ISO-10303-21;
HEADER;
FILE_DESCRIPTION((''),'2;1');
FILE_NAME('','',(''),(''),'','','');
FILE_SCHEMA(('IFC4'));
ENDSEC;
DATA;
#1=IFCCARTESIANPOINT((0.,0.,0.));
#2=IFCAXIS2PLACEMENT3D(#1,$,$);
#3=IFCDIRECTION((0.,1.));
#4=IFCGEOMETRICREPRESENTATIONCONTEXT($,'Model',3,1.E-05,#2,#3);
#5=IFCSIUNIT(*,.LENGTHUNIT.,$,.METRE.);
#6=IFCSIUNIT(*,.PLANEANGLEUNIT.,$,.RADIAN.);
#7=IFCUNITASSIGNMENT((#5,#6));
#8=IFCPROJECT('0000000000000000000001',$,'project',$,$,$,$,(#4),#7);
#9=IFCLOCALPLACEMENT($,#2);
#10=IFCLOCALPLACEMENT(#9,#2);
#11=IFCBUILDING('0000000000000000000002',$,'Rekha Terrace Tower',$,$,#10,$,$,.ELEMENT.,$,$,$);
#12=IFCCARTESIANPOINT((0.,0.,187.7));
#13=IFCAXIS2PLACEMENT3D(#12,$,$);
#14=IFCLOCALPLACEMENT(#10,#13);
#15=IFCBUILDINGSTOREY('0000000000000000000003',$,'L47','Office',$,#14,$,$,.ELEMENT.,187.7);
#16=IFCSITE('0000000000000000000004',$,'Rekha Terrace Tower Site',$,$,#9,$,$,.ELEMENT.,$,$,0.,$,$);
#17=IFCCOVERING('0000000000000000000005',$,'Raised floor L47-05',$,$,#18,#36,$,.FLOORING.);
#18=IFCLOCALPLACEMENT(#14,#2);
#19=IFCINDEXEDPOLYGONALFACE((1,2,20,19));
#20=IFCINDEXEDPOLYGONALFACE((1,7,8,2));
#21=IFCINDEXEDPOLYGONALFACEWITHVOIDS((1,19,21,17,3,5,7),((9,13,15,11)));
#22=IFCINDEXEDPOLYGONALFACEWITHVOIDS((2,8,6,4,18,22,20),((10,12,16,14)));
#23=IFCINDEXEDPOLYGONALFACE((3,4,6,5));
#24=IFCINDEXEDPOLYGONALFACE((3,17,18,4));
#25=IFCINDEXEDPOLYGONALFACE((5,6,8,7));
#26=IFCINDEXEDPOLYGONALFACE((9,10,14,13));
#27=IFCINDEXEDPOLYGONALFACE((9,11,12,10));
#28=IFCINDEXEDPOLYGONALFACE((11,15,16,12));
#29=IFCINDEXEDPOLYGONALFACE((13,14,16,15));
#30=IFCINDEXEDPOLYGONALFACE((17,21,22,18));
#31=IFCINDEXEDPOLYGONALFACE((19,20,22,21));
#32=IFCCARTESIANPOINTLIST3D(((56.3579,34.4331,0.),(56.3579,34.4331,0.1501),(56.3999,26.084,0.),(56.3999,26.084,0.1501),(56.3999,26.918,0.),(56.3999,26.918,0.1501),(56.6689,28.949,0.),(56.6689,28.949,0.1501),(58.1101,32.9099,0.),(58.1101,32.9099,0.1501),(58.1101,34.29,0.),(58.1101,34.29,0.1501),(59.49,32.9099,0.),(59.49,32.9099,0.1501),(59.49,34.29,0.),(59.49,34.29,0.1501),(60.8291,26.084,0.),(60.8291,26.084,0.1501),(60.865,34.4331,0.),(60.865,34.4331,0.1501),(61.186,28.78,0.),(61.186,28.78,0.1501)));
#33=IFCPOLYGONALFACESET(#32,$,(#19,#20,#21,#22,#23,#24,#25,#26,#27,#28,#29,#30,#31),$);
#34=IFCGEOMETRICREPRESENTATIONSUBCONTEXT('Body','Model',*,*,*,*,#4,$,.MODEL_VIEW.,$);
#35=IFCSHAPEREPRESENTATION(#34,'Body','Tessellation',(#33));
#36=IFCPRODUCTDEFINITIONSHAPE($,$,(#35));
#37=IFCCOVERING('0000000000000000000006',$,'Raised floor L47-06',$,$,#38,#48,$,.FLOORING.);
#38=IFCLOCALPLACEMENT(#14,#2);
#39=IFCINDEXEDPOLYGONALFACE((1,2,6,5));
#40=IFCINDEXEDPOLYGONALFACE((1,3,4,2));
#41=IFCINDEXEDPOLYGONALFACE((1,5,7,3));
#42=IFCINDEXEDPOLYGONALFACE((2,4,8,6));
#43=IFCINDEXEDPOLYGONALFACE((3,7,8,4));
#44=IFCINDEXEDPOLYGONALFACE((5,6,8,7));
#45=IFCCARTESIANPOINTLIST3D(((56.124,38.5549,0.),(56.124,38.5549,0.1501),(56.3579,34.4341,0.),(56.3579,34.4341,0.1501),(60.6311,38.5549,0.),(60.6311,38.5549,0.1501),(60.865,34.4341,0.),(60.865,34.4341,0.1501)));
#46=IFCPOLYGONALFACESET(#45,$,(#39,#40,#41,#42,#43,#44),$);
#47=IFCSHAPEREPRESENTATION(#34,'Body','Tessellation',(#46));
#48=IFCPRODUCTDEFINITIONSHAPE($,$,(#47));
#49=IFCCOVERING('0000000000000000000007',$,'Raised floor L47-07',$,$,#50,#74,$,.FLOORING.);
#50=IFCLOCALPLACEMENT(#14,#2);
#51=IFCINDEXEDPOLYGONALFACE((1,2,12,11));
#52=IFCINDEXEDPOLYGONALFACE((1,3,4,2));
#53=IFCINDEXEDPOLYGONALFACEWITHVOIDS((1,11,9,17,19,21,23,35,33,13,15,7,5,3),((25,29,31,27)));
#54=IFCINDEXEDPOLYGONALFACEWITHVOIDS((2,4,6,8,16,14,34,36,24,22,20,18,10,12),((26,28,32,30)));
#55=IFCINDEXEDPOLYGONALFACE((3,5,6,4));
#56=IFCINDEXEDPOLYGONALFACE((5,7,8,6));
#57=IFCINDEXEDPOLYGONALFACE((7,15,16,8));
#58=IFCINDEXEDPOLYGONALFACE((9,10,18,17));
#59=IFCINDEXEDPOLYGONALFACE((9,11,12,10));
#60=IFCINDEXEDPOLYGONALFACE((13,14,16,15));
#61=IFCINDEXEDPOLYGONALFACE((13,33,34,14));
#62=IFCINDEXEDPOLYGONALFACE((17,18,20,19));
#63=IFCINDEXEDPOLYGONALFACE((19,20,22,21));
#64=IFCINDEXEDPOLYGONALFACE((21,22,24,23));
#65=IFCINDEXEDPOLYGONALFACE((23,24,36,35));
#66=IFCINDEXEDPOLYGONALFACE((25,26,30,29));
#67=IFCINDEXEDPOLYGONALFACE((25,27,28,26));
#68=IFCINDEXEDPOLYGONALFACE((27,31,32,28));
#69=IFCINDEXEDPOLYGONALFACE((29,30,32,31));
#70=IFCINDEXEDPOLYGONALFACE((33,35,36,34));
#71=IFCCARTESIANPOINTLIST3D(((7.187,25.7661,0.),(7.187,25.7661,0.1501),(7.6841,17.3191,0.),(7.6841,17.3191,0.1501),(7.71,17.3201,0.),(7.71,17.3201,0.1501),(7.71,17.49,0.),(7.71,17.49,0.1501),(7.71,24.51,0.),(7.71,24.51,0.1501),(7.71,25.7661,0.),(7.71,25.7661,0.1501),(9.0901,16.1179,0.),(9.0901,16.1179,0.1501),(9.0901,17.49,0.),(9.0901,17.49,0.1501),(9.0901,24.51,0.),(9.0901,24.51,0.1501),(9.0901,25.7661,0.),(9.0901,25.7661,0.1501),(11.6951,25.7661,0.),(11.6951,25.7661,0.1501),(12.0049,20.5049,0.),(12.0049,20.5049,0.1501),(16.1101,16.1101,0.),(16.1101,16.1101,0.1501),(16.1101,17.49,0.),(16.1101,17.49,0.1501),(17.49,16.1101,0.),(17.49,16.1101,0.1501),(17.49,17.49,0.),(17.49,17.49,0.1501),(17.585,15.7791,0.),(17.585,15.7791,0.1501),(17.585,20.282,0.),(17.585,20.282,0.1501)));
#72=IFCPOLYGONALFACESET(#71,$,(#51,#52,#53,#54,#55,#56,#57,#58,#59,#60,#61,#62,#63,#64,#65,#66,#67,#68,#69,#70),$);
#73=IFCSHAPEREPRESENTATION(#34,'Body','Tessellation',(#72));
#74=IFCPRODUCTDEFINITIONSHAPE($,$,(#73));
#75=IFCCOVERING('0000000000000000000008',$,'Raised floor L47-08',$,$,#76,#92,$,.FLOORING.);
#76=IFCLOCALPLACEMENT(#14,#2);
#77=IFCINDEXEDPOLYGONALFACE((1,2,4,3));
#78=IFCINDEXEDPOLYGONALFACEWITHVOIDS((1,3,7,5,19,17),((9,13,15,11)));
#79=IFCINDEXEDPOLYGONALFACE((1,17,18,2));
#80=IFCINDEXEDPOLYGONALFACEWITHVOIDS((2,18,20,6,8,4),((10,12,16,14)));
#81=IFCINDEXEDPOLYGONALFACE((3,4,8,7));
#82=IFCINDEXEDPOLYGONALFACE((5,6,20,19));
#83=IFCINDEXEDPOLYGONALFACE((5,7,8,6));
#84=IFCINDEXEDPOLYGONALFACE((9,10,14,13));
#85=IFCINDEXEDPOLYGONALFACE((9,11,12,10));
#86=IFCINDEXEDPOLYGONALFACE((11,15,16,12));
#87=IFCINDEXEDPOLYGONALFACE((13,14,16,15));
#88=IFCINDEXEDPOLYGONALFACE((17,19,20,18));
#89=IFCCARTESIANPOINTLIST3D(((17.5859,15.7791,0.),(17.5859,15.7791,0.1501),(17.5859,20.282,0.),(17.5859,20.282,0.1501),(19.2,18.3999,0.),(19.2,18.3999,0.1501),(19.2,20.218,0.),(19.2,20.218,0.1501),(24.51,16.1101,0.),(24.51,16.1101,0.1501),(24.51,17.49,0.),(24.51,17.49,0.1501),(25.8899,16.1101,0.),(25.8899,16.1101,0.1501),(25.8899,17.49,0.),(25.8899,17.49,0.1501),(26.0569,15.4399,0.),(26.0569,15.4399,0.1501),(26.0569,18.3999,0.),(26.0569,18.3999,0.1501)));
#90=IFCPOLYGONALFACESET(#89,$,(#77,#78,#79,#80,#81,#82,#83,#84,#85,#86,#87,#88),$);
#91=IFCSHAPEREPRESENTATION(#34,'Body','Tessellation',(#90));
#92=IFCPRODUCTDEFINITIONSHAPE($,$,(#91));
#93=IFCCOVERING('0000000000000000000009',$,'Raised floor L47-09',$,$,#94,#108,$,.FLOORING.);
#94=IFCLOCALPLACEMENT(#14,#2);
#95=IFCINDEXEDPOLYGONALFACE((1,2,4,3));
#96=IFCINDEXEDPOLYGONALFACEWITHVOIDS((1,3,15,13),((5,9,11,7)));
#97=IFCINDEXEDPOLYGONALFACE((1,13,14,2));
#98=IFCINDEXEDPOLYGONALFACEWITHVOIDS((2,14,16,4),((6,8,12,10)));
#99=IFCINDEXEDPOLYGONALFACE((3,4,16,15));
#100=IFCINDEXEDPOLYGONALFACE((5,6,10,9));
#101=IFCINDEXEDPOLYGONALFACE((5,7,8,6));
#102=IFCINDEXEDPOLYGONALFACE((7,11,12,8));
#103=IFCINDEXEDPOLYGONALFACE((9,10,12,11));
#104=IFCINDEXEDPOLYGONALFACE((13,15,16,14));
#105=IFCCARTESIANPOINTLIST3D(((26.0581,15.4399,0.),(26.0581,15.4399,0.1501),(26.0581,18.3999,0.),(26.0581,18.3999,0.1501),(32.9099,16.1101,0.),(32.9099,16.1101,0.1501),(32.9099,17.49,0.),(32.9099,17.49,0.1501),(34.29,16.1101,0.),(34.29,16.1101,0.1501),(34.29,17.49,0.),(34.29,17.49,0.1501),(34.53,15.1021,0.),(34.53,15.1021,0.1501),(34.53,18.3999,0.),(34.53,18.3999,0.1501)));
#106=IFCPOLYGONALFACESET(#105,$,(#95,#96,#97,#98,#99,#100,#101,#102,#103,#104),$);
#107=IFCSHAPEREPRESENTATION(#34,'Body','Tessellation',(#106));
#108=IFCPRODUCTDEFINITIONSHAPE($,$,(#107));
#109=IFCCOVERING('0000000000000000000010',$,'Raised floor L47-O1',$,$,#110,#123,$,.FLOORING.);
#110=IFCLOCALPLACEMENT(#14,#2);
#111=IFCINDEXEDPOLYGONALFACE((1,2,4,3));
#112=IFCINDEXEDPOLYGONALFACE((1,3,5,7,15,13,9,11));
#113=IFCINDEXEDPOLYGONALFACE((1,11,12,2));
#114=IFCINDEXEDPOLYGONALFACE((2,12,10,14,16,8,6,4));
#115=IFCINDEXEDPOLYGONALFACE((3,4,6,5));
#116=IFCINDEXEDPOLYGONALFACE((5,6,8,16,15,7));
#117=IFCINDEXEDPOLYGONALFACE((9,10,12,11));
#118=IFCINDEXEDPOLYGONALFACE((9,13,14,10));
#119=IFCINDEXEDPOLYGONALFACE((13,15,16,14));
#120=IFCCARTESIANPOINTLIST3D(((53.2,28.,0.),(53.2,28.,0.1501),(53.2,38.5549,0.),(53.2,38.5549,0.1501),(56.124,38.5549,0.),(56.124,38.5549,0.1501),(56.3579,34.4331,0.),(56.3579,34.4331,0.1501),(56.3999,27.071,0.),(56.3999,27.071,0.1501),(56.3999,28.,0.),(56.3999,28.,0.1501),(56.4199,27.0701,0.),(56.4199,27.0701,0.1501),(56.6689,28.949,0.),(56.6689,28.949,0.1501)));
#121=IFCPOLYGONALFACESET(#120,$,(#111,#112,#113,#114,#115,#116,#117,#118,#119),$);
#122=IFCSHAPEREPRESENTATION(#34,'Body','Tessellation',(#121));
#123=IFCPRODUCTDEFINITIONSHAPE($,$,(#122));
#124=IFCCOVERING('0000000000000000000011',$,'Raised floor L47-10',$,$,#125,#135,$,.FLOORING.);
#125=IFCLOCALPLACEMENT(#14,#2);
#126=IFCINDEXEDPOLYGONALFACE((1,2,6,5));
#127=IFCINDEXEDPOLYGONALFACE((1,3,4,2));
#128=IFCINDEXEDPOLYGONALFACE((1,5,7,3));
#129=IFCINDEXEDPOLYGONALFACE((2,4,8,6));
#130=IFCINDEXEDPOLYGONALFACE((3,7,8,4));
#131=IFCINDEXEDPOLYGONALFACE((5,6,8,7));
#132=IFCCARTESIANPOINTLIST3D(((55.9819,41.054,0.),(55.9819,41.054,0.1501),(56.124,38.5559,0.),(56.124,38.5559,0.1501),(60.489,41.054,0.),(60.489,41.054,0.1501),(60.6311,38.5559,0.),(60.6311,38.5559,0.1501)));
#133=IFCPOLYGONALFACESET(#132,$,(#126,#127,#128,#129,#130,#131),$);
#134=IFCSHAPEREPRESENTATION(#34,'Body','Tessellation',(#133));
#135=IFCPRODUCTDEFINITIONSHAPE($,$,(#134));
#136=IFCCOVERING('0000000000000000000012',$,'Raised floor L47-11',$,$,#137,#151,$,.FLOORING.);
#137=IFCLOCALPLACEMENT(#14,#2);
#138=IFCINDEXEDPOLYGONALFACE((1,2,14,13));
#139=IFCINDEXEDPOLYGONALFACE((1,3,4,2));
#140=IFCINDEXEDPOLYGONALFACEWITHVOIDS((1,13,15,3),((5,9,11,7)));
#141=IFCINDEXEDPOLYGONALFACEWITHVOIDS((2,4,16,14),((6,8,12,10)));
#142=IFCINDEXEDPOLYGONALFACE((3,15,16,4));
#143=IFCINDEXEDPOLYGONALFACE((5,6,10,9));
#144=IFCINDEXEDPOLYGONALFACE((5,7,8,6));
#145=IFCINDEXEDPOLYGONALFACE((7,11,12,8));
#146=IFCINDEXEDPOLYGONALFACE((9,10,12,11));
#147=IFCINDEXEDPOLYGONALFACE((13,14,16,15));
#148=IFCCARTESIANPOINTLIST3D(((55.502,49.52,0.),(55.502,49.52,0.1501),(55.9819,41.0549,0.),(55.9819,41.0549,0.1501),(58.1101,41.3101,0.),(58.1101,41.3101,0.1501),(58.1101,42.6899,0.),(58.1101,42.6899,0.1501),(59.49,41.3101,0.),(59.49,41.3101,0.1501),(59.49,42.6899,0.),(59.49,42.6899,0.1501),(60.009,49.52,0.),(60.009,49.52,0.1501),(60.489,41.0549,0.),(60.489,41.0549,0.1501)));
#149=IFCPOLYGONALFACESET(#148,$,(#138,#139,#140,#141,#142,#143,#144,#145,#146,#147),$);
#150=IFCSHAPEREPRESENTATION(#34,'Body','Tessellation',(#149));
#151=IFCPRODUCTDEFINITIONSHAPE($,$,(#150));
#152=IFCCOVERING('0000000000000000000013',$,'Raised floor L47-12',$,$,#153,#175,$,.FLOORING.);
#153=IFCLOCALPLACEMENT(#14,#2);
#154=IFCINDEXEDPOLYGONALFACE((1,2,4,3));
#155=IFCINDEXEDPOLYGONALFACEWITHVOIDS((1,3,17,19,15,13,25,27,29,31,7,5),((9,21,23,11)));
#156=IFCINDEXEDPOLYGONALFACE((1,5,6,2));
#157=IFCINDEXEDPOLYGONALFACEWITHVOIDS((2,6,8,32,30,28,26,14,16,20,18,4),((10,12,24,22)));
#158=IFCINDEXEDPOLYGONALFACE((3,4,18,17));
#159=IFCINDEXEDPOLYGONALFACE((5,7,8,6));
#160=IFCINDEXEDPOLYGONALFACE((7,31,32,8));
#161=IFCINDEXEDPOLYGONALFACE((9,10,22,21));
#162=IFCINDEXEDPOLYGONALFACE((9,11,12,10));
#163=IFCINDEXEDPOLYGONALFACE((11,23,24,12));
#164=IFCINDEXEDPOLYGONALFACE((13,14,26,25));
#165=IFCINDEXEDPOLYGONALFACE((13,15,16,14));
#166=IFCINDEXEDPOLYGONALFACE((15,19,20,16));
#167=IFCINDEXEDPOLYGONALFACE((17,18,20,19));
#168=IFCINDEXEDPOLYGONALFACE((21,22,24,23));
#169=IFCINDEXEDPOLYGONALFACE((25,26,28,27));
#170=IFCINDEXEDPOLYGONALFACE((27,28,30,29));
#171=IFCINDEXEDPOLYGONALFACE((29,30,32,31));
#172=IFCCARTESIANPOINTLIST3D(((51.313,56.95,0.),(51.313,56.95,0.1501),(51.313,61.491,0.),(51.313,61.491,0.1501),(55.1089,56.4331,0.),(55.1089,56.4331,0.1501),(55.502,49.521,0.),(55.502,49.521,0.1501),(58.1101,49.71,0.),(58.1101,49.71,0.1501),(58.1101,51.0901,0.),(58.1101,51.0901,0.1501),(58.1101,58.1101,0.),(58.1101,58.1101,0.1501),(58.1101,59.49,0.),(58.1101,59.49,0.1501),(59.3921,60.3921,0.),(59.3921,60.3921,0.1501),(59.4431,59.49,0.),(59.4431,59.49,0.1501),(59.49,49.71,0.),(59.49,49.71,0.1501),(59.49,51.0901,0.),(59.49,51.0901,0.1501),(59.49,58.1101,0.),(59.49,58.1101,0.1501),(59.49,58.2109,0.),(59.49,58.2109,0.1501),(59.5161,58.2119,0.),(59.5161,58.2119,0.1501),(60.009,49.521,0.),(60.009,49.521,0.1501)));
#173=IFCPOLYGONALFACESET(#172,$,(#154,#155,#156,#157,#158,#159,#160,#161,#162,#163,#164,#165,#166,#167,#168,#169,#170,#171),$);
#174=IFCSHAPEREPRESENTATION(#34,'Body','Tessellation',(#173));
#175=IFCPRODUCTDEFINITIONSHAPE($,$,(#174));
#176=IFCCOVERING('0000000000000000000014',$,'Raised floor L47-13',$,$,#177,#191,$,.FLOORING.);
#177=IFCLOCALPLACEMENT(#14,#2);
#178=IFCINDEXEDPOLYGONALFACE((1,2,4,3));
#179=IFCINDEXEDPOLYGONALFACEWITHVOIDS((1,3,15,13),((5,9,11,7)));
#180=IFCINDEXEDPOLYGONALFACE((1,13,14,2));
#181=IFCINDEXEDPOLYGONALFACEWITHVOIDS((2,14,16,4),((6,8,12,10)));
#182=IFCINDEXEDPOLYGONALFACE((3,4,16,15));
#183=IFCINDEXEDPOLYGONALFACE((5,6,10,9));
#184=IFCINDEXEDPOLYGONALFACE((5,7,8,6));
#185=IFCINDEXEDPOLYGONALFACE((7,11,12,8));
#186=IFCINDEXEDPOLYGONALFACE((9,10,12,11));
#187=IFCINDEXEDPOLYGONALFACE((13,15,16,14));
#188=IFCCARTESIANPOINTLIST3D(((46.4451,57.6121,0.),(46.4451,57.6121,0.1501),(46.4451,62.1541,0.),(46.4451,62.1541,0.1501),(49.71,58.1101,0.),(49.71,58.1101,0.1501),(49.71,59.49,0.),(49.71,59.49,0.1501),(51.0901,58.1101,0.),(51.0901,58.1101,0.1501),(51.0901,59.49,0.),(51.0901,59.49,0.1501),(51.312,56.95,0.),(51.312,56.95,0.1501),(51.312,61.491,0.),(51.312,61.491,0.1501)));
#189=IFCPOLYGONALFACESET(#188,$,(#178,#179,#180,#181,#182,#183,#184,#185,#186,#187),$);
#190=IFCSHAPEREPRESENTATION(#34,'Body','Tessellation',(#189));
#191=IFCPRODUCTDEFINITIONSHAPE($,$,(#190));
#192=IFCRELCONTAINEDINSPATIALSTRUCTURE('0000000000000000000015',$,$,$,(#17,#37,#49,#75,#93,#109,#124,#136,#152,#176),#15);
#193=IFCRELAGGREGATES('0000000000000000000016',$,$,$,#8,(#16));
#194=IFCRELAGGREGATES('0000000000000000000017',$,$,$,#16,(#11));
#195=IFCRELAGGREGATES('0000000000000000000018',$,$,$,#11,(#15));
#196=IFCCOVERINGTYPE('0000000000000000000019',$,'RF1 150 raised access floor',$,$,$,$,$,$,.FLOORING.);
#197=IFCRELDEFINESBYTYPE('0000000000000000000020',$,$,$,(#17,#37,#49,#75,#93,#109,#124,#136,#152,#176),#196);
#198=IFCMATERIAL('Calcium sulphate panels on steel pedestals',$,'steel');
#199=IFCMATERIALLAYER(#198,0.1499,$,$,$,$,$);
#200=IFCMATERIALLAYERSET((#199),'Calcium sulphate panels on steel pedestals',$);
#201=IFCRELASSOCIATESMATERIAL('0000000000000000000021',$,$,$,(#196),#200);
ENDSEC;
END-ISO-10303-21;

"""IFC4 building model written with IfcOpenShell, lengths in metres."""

from ifc_helpers import new_model, si_unit, direction, frame, origin, place, context, subcontext, project, spatial, polyline, outline, extrude, material, layer, layer_set, type_object, element, save


model = new_model("IFC4")

# Units and contexts
model_context = context("Model", 3, precision=1e-05, world=origin(), true_north=direction((0.0, 1.0)))
body_context = subcontext(model_context, "Body", "Model", "MODEL_VIEW")
ifc_project = project(units=[si_unit("LENGTHUNIT", "METRE"), si_unit("PLANEANGLEUNIT", "RADIAN")], contexts=[model_context])

# Site, building, storey
site_placement = place(None, origin())
site = spatial("IfcSite", under=ifc_project, at=site_placement, Name="Rekha Terrace Tower Site", CompositionType="ELEMENT", RefElevation=0.0)
building_placement = place(site_placement, origin())
building = spatial("IfcBuilding", under=site, at=building_placement, Name="Rekha Terrace Tower", CompositionType="ELEMENT")
storey_placement = place(building_placement, frame((0.0, 0.0, 187.7)))
storey = spatial("IfcBuildingStorey", under=building, at=storey_placement, Name="L47", Description="Office", CompositionType="ELEMENT", Elevation=187.7)

# Coverings
ifc_material_1 = material(Name="Calcium sulphate panels on steel pedestals", Category="steel")
ifc_layer_1 = layer(ifc_material_1, 0.1499)
ifc_layer_set_1 = layer_set([ifc_layer_1], Name="Calcium sulphate panels on steel pedestals")
covering_type_1 = type_object("IfcCoveringType", Name="RF1 150 raised access floor", PredefinedType="FLOORING", material=ifc_layer_set_1)
covering_1_placement = place(storey_placement, origin())
element("IfcCovering", 1, at=covering_1_placement, inside=storey, type_object=covering_type_1, Name="Raised floor L47-05", PredefinedType="FLOORING", context=body_context, shape_type="SweptSolid", body=[
    extrude(outline(polyline([(60.865, 34.4331), (56.3579, 34.4331), (56.6689, 28.949), (56.3999, 26.918), (56.3999, 26.084), (60.8291, 26.084), (61.186, 28.78), (60.865, 34.4331)]), holes=[polyline([(59.49, 34.29), (59.49, 32.9099), (58.1101, 32.9099), (58.1101, 34.29), (59.49, 34.29)])]), origin(), (0.0, 0.0, 1.0), 0.1501),
])
covering_2_placement = place(storey_placement, origin())
element("IfcCovering", 2, at=covering_2_placement, inside=storey, type_object=covering_type_1, Name="Raised floor L47-06", PredefinedType="FLOORING", context=body_context, shape_type="SweptSolid", body=[
    extrude(outline(polyline([(56.3579, 34.4341), (60.865, 34.4341), (60.6311, 38.5549), (56.124, 38.5549), (56.3579, 34.4341)])), origin(), (0.0, 0.0, 1.0), 0.1501),
])
covering_3_placement = place(storey_placement, origin())
element("IfcCovering", 3, at=covering_3_placement, inside=storey, type_object=covering_type_1, Name="Raised floor L47-07", PredefinedType="FLOORING", context=body_context, shape_type="SweptSolid", body=[
    extrude(outline(polyline([(7.71, 24.51), (7.71, 25.7661), (7.187, 25.7661), (7.6841, 17.3191), (7.71, 17.3201), (7.71, 17.49), (9.0901, 17.49), (9.0901, 16.1179), (17.585, 15.7791), (17.585, 20.282), (12.0049, 20.5049), (11.6951, 25.7661), (9.0901, 25.7661), (9.0901, 24.51), (7.71, 24.51)]), holes=[polyline([(17.49, 17.49), (17.49, 16.1101), (16.1101, 16.1101), (16.1101, 17.49), (17.49, 17.49)])]), origin(), (0.0, 0.0, 1.0), 0.1501),
])
covering_4_placement = place(storey_placement, origin())
element("IfcCovering", 4, at=covering_4_placement, inside=storey, type_object=covering_type_1, Name="Raised floor L47-08", PredefinedType="FLOORING", context=body_context, shape_type="SweptSolid", body=[
    extrude(outline(polyline([(19.2, 18.3999), (19.2, 20.218), (17.5859, 20.282), (17.5859, 15.7791), (26.0569, 15.4399), (26.0569, 18.3999), (19.2, 18.3999)]), holes=[polyline([(25.8899, 17.49), (25.8899, 16.1101), (24.51, 16.1101), (24.51, 17.49), (25.8899, 17.49)])]), origin(), (0.0, 0.0, 1.0), 0.1501),
])
covering_5_placement = place(storey_placement, origin())
element("IfcCovering", 5, at=covering_5_placement, inside=storey, type_object=covering_type_1, Name="Raised floor L47-09", PredefinedType="FLOORING", context=body_context, shape_type="SweptSolid", body=[
    extrude(outline(polyline([(34.53, 15.1021), (34.53, 18.3999), (26.0581, 18.3999), (26.0581, 15.4399), (34.53, 15.1021)]), holes=[polyline([(34.29, 16.1101), (32.9099, 16.1101), (32.9099, 17.49), (34.29, 17.49), (34.29, 16.1101)])]), origin(), (0.0, 0.0, 1.0), 0.1501),
])
covering_6_placement = place(storey_placement, origin())
element("IfcCovering", 6, at=covering_6_placement, inside=storey, type_object=covering_type_1, Name="Raised floor L47-O1", PredefinedType="FLOORING", context=body_context, shape_type="SweptSolid", body=[
    extrude(outline(polyline([(56.6689, 28.949), (56.3579, 34.4331), (56.124, 38.5549), (53.2, 38.5549), (53.2, 28.0), (56.3999, 28.0), (56.3999, 27.071), (56.4199, 27.0701), (56.6689, 28.949)])), origin(), (0.0, 0.0, 1.0), 0.1501),
])
covering_7_placement = place(storey_placement, origin())
element("IfcCovering", 7, at=covering_7_placement, inside=storey, type_object=covering_type_1, Name="Raised floor L47-10", PredefinedType="FLOORING", context=body_context, shape_type="SweptSolid", body=[
    extrude(outline(polyline([(60.489, 41.054), (55.9819, 41.054), (56.124, 38.5559), (60.6311, 38.5559), (60.489, 41.054)])), origin(), (0.0, 0.0, 1.0), 0.1501),
])
covering_8_placement = place(storey_placement, origin())
element("IfcCovering", 8, at=covering_8_placement, inside=storey, type_object=covering_type_1, Name="Raised floor L47-11", PredefinedType="FLOORING", context=body_context, shape_type="SweptSolid", body=[
    extrude(outline(polyline([(60.009, 49.52), (55.502, 49.52), (55.9819, 41.0549), (60.489, 41.0549), (60.009, 49.52)]), holes=[polyline([(59.49, 41.3101), (58.1101, 41.3101), (58.1101, 42.6899), (59.49, 42.6899), (59.49, 41.3101)])]), origin(), (0.0, 0.0, 1.0), 0.1501),
])
covering_9_placement = place(storey_placement, origin())
element("IfcCovering", 9, at=covering_9_placement, inside=storey, type_object=covering_type_1, Name="Raised floor L47-12", PredefinedType="FLOORING", context=body_context, shape_type="SweptSolid", body=[
    extrude(outline(polyline([(51.313, 56.95), (55.1089, 56.4331), (55.502, 49.521), (60.009, 49.521), (59.5161, 58.2119), (59.49, 58.2109), (59.49, 58.1101), (58.1101, 58.1101), (58.1101, 59.49), (59.4431, 59.49), (59.3921, 60.3921), (51.313, 61.491), (51.313, 56.95)]), holes=[polyline([(59.49, 51.0901), (59.49, 49.71), (58.1101, 49.71), (58.1101, 51.0901), (59.49, 51.0901)])]), origin(), (0.0, 0.0, 1.0), 0.1501),
])
covering_10_placement = place(storey_placement, origin())
element("IfcCovering", 10, at=covering_10_placement, inside=storey, type_object=covering_type_1, Name="Raised floor L47-13", PredefinedType="FLOORING", context=body_context, shape_type="SweptSolid", body=[
    extrude(outline(polyline([(51.312, 56.95), (51.312, 61.491), (46.4451, 62.1541), (46.4451, 57.6121), (51.312, 56.95)]), holes=[polyline([(51.0901, 58.1101), (49.71, 58.1101), (49.71, 59.49), (51.0901, 59.49), (51.0901, 58.1101)])]), origin(), (0.0, 0.0, 1.0), 0.1501),
])

save(model, "model.ifc")
